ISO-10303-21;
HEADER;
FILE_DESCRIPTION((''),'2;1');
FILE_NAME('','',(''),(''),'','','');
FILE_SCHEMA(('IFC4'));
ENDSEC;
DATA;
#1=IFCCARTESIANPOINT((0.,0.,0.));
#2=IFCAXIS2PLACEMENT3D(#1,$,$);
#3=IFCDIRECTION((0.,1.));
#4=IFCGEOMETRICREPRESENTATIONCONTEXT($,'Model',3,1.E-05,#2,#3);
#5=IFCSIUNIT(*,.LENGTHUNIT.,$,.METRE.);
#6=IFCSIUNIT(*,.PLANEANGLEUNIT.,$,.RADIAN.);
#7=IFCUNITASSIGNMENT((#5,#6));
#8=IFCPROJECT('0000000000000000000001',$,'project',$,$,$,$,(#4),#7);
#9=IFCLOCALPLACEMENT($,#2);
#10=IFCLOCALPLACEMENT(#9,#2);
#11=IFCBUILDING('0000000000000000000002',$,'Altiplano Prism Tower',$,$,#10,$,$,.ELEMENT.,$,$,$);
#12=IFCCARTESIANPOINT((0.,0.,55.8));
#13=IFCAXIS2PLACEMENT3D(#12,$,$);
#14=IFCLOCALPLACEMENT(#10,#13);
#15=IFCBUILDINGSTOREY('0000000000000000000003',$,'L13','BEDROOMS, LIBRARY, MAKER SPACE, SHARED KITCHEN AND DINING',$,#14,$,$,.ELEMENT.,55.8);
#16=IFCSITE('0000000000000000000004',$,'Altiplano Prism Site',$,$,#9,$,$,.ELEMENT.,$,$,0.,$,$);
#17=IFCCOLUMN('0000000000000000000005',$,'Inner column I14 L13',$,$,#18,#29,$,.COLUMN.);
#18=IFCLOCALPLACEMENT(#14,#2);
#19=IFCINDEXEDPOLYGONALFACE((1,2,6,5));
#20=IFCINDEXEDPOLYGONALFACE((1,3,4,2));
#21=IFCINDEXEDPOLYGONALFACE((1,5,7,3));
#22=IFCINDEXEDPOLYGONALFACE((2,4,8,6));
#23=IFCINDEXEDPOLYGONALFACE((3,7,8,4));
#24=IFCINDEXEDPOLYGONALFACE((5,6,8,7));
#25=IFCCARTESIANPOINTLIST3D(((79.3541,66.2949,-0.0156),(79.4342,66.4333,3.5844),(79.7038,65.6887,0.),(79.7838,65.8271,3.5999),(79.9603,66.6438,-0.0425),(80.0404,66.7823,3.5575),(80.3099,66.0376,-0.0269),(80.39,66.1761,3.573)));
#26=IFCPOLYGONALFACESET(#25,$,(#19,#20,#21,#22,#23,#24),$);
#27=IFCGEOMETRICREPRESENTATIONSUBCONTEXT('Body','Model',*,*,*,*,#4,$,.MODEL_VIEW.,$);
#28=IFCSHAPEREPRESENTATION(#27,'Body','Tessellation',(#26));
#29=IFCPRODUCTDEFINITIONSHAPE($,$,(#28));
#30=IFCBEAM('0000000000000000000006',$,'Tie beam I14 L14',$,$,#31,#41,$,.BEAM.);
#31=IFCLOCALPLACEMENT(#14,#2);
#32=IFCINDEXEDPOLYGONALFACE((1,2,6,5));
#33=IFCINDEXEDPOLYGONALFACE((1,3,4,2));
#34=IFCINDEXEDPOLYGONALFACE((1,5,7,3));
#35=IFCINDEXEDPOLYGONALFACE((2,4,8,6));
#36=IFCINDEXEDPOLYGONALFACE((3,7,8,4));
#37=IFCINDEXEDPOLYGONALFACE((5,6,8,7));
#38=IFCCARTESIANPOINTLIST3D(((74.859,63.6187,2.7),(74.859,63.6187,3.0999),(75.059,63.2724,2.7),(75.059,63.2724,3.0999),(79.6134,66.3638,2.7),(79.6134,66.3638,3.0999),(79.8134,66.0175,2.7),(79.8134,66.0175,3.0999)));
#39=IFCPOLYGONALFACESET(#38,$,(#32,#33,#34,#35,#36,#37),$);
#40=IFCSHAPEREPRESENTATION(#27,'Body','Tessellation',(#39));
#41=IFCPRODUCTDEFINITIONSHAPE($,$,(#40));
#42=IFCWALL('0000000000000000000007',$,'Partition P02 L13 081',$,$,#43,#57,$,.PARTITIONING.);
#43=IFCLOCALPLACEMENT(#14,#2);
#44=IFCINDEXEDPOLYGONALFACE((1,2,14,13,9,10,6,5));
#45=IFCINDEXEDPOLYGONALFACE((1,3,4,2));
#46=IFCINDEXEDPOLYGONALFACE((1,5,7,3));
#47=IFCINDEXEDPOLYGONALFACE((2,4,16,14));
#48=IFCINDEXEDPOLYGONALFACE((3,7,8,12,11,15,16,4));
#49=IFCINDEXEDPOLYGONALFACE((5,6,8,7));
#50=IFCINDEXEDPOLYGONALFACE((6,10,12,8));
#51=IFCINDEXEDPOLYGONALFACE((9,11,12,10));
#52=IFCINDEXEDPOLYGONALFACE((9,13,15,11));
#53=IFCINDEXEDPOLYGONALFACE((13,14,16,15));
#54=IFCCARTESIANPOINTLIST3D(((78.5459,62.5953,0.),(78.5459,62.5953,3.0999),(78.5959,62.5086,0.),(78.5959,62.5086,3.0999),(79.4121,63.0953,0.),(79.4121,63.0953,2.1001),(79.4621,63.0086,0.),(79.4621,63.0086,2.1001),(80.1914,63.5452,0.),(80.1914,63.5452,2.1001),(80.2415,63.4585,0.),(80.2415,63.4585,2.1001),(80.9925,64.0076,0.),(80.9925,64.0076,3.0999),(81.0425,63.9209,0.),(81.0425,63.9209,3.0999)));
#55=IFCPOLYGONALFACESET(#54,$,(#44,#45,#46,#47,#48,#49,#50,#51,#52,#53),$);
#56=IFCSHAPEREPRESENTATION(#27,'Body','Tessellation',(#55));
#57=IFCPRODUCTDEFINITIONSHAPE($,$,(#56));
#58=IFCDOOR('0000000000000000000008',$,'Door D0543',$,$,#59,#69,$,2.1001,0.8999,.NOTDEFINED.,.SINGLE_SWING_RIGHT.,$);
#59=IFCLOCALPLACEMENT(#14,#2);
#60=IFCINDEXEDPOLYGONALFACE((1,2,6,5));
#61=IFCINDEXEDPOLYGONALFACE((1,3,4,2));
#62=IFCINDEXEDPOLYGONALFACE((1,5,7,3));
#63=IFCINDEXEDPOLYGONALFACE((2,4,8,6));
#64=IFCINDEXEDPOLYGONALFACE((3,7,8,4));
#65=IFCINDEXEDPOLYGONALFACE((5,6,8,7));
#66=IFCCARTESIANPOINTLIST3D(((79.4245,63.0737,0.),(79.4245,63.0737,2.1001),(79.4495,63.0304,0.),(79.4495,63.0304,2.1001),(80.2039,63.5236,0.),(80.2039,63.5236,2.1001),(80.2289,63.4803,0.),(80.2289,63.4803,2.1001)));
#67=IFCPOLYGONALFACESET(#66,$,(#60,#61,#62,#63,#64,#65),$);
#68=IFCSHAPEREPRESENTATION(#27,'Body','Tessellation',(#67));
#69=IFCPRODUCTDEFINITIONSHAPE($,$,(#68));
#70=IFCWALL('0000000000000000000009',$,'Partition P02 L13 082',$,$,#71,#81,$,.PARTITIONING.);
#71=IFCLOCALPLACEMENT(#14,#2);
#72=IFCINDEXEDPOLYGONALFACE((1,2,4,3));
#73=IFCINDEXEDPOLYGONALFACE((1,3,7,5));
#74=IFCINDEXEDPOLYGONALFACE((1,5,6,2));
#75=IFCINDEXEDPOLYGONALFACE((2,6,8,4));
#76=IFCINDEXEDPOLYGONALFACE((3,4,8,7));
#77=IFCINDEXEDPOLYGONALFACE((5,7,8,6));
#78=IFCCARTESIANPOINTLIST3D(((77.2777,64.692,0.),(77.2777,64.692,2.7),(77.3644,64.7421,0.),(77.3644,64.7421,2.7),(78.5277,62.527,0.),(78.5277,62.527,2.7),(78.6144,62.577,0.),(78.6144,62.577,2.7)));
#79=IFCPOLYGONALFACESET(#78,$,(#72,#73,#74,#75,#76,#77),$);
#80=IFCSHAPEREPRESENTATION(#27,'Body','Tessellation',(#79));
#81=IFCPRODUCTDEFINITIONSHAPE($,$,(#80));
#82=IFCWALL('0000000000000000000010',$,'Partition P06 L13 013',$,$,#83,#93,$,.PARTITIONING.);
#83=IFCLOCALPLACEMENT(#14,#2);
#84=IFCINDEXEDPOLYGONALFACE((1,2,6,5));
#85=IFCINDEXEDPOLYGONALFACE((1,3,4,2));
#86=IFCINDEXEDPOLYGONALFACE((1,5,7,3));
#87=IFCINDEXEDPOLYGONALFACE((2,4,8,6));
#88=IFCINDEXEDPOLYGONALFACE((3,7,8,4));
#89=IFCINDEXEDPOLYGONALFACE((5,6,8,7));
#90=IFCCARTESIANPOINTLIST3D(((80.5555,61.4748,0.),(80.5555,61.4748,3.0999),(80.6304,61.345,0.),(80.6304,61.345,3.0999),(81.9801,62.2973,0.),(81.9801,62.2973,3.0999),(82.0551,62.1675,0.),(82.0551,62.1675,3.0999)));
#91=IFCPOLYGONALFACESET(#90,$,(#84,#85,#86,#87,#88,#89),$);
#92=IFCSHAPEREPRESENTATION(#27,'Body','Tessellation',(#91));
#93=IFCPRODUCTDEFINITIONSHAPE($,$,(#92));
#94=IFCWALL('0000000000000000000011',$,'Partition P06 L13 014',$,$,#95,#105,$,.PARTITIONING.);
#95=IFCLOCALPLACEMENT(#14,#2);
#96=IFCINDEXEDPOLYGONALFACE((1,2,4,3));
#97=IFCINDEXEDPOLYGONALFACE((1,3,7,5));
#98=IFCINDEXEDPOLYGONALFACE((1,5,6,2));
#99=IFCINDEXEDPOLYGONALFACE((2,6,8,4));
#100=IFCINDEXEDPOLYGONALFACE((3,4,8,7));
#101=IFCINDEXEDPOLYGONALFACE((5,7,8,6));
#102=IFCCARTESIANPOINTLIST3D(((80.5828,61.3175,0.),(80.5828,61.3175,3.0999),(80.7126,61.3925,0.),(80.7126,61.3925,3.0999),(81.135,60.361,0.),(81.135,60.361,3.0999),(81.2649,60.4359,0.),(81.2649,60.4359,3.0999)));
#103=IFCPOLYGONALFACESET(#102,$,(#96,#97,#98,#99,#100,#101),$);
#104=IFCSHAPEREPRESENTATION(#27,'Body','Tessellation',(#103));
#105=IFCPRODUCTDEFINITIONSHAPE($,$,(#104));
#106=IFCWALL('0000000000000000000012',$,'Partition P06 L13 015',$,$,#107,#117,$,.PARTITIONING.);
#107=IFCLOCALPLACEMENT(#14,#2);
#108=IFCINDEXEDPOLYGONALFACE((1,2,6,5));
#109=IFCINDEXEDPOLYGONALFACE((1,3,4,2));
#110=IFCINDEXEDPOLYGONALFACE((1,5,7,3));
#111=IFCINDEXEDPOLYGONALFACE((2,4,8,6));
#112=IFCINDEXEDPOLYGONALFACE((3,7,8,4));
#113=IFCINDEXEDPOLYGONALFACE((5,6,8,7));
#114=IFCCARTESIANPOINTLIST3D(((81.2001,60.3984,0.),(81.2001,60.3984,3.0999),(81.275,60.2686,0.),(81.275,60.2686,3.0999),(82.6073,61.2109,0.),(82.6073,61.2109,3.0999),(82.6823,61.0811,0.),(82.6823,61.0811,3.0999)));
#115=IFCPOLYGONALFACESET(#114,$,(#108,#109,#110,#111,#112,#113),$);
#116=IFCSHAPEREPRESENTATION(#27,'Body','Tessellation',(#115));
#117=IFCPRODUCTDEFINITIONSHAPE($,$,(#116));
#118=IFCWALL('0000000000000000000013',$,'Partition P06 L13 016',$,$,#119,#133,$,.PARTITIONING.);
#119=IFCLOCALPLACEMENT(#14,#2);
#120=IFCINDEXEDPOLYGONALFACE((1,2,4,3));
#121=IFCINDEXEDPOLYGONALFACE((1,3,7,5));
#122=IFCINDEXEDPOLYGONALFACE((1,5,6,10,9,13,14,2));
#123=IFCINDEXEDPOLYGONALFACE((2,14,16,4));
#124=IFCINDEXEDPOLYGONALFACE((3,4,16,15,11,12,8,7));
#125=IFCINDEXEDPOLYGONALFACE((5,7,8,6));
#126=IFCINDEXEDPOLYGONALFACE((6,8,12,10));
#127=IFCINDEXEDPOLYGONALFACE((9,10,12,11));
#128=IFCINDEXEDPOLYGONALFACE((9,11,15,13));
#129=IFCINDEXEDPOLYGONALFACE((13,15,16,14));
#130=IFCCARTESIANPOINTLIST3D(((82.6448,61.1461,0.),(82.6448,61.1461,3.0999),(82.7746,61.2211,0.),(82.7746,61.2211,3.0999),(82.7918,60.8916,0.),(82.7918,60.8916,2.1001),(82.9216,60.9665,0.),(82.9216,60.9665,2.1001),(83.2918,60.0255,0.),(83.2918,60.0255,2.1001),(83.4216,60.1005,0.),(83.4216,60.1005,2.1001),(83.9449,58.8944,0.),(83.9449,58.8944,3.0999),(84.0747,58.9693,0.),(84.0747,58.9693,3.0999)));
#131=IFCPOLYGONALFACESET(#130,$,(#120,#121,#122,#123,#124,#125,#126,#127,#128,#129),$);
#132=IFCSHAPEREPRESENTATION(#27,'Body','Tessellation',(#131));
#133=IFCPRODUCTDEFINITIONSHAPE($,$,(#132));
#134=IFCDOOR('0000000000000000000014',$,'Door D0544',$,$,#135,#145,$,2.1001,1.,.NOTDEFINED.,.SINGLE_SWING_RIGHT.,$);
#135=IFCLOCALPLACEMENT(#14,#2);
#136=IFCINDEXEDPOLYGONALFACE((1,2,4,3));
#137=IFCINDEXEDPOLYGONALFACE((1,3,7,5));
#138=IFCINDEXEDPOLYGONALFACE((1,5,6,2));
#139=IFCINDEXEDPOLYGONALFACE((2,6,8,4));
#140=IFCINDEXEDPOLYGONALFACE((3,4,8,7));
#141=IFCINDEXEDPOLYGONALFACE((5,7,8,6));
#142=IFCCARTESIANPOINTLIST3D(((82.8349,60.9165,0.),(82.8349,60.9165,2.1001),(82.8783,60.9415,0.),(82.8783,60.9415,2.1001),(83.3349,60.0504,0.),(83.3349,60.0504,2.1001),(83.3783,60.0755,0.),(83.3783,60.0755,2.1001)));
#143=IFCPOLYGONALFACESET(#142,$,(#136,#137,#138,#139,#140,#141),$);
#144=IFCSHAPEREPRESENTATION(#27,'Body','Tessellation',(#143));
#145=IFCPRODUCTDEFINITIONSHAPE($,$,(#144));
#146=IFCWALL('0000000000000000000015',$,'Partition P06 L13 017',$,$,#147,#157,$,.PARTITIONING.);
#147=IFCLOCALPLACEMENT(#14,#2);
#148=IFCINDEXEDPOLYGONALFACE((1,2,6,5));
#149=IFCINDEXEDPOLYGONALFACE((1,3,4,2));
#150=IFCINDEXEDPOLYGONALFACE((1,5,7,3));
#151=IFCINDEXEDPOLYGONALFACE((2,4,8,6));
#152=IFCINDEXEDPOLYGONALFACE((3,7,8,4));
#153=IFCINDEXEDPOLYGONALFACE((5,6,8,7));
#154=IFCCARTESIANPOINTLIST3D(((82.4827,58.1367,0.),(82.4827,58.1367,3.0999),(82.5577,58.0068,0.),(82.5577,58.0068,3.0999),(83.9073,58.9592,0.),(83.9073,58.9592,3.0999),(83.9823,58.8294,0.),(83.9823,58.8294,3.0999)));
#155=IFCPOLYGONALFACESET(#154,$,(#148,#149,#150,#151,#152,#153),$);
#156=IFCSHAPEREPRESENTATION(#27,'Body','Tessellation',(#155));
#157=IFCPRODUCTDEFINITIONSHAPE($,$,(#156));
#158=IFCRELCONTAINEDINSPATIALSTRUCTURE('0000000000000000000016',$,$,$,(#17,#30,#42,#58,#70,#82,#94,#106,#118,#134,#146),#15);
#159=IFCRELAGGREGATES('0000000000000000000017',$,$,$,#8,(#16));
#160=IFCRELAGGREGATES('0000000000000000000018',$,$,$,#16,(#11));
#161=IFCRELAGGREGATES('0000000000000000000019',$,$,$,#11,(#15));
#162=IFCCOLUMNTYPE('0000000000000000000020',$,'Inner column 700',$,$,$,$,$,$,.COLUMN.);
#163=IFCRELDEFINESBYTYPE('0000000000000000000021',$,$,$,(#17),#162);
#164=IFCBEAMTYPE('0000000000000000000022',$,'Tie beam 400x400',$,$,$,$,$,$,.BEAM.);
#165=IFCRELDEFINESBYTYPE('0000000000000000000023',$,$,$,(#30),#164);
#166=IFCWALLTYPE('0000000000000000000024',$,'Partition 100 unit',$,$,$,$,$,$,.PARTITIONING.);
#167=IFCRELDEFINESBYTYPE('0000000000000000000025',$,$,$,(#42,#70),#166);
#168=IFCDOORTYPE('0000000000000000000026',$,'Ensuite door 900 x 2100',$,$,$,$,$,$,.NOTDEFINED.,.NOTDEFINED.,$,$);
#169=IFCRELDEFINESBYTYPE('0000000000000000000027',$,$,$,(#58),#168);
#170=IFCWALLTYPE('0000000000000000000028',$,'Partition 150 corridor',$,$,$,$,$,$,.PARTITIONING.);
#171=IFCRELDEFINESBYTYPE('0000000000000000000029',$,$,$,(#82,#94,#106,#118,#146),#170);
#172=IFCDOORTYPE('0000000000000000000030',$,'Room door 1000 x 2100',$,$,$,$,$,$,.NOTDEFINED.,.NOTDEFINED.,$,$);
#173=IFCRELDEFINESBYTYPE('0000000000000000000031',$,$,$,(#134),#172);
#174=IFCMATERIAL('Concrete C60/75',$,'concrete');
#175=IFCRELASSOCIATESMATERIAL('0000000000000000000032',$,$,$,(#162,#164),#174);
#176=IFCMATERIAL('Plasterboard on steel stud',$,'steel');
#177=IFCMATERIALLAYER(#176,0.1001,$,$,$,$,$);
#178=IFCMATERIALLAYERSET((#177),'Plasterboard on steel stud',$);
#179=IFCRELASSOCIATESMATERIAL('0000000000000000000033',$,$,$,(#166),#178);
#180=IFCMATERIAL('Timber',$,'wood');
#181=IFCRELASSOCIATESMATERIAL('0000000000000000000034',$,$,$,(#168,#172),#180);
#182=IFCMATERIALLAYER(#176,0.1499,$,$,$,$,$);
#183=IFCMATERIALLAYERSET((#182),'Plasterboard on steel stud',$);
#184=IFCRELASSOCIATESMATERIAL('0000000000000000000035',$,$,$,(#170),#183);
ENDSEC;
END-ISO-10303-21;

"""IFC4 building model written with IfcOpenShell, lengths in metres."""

from ifc_helpers import new_model, si_unit, direction, frame, frame_2d, origin, origin_2d, place, context, subcontext, project, spatial, rectangle, extrude, material, layer, layer_set, material_profile, profile_set, type_object, element, fill, save


model = new_model("IFC4")

# Units and contexts
model_context = context("Model", 3, precision=1e-05, world=origin(), true_north=direction((0.0, 1.0)))
body_context = subcontext(model_context, "Body", "Model", "MODEL_VIEW")
ifc_project = project(units=[si_unit("LENGTHUNIT", "METRE"), si_unit("PLANEANGLEUNIT", "RADIAN")], contexts=[model_context])

# Site, building, storey
site_placement = place(None, origin())
site = spatial("IfcSite", under=ifc_project, at=site_placement, Name="Altiplano Prism Site", CompositionType="ELEMENT", RefElevation=0.0)
building_placement = place(site_placement, origin())
building = spatial("IfcBuilding", under=site, at=building_placement, Name="Altiplano Prism Tower", CompositionType="ELEMENT")
storey_placement = place(building_placement, frame((0.0, 0.0, 55.8)))
storey = spatial("IfcBuildingStorey", under=building, at=storey_placement, Name="L13", Description="BEDROOMS, LIBRARY, MAKER SPACE, SHARED KITCHEN AND DINING", CompositionType="ELEMENT", Elevation=55.8)

# Column
ifc_material_1 = material(Name="Concrete C60/75", Category="concrete")
ifc_material_profile_1 = material_profile(ifc_material_1, rectangle(XDim=0.7, YDim=0.7, at=origin_2d()), Name="Inner column 700")
ifc_profile_set_1 = profile_set([ifc_material_profile_1], Name="Concrete C60/75")
column_type = type_object("IfcColumnType", Name="Inner column 700", PredefinedType="COLUMN", material=ifc_profile_set_1)
column_placement = place(storey_placement, frame((79.832, 66.1663, -0.0212), z_axis=(0.022223, 0.038416, 0.999015), x_axis=(-0.866021, -0.498528, 0.038435)))
element("IfcColumn", 1, at=column_placement, inside=storey, type_object=column_type, Name="Inner column I14 L13", PredefinedType="COLUMN", context=body_context, shape_type="SweptSolid", body=[
    extrude(rectangle(XDim=0.7, YDim=0.7, at=origin_2d()), origin(), (0.0, 0.0, 1.0), 3.6035),
])

# Beam
ifc_material_profile_2 = material_profile(ifc_material_1, rectangle(XDim=0.3999, YDim=0.3999, at=origin_2d()), Name="Tie beam 400x400")
ifc_profile_set_2 = profile_set([ifc_material_profile_2], Name="Concrete C60/75")
beam_type = type_object("IfcBeamType", Name="Tie beam 400x400", PredefinedType="BEAM", material=ifc_profile_set_2)
beam_placement = place(storey_placement, frame((79.7134, 66.1907, 2.8999), z_axis=(-0.866012, -0.500023, 0.0), x_axis=(0.500023, -0.866012, 0.0)))
element("IfcBeam", 2, at=beam_placement, inside=storey, type_object=beam_type, Name="Tie beam I14 L14", PredefinedType="BEAM", context=body_context, shape_type="SweptSolid", body=[
    extrude(rectangle(XDim=0.3999, YDim=0.3999, at=origin_2d()), origin(), (0.0, 0.0, 1.0), 5.49),
])

# Wall, opening, door
ifc_material_2 = material(Name="Plasterboard on steel stud", Category="steel")
ifc_layer_1 = layer(ifc_material_2, 0.1001)
ifc_layer_set_1 = layer_set([ifc_layer_1], Name="Plasterboard on steel stud")
wall_type_1 = type_object("IfcWallType", Name="Partition 100 unit", PredefinedType="PARTITIONING", material=ifc_layer_set_1)
wall_1_placement = place(storey_placement, frame((81.0176, 63.9644, 0.0), z_axis=(0.0, 0.0, 1.0), x_axis=(-0.866049, -0.499959, 0.0)))
wall_1 = element("IfcWall", 3, at=wall_1_placement, inside=storey, type_object=wall_type_1, Name="Partition P02 L13 081", PredefinedType="PARTITIONING", context=body_context, shape_type="SweptSolid", body=[
    extrude(rectangle(XDim=2.825, YDim=0.1001, at=frame_2d((1.4126, 0.0))), origin(), (0.0, 0.0, 1.0), 3.0999),
])
opening_1_placement = place(wall_1_placement, frame((0.925, 0.0, 0.0)))
opening_1 = element("IfcOpeningElement", 4, at=opening_1_placement, cuts=wall_1, PredefinedType="OPENING", context=body_context, shape_type="SweptSolid", body=[
    extrude(rectangle(XDim=0.8999, YDim=2.1001, at=frame_2d((0.45, 1.05))), frame((0.0, 0.0605, 0.0), z_axis=(0.0, -1.0, 0.0), x_axis=(1.0, 0.0, 0.0)), (0.0, 0.0, 1.0), 0.1211),
])
ifc_material_3 = material(Name="Timber", Category="wood")
door_type_1 = type_object("IfcDoorType", Name="Ensuite door 900 x 2100", OperationType="NOTDEFINED", PredefinedType="NOTDEFINED", material=ifc_material_3)
door_1_placement = place(opening_1_placement, origin())
door_1 = element("IfcDoor", 5, at=door_1_placement, inside=storey, type_object=door_type_1, Name="Door D0543", OperationType="SINGLE_SWING_RIGHT", OverallHeight=2.1001, OverallWidth=0.8999, PredefinedType="NOTDEFINED", context=body_context, shape_type="SweptSolid", body=[
    extrude(rectangle(XDim=0.8999, YDim=2.1001, at=frame_2d((0.45, 1.05))), frame((0.0, 0.0249, 0.0), z_axis=(0.0, -1.0, 0.0), x_axis=(1.0, 0.0, 0.0)), (0.0, 0.0, 1.0), 0.05),
])
fill(opening_1, door_1)

# Walls
wall_2_placement = place(storey_placement, frame((78.571, 62.552, 0.0), z_axis=(0.0, 0.0, 1.0), x_axis=(-0.500004, 0.866023, 0.0)))
element("IfcWall", 6, at=wall_2_placement, inside=storey, type_object=wall_type_1, Name="Partition P02 L13 082", PredefinedType="PARTITIONING", context=body_context, shape_type="SweptSolid", body=[
    extrude(rectangle(XDim=2.5, YDim=0.1001, at=frame_2d((1.25, 0.0))), origin(), (0.0, 0.0, 1.0), 2.7),
])
ifc_layer_2 = layer(ifc_material_2, 0.1499)
ifc_layer_set_2 = layer_set([ifc_layer_2], Name="Plasterboard on steel stud")
wall_type_2 = type_object("IfcWallType", Name="Partition 150 corridor", PredefinedType="PARTITIONING", material=ifc_layer_set_2)
wall_3_placement = place(storey_placement, frame((82.0176, 62.2324, 0.0), z_axis=(0.0, 0.0, 1.0), x_axis=(-0.866015, -0.500018, 0.0)))
element("IfcWall", 7, at=wall_3_placement, inside=storey, type_object=wall_type_2, Name="Partition P06 L13 013", PredefinedType="PARTITIONING", context=body_context, shape_type="SweptSolid", body=[
    extrude(rectangle(XDim=1.645, YDim=0.1499, at=frame_2d((0.8225, 0.0))), origin(), (0.0, 0.0, 1.0), 3.0999),
])
wall_4_placement = place(storey_placement, frame((80.6477, 61.355, 0.0), z_axis=(0.0, 0.0, 1.0), x_axis=(0.49999, -0.866031, 0.0)))
element("IfcWall", 8, at=wall_4_placement, inside=storey, type_object=wall_type_2, Name="Partition P06 L13 014", PredefinedType="PARTITIONING", context=body_context, shape_type="SweptSolid", body=[
    extrude(rectangle(XDim=1.1045, YDim=0.1499, at=frame_2d((0.5522, 0.0))), origin(), (0.0, 0.0, 1.0), 3.0999),
])
wall_5_placement = place(storey_placement, frame((81.2375, 60.3335, 0.0), z_axis=(0.0, 0.0, 1.0), x_axis=(0.866015, 0.500017, 0.0)))
element("IfcWall", 9, at=wall_5_placement, inside=storey, type_object=wall_type_2, Name="Partition P06 L13 015", PredefinedType="PARTITIONING", context=body_context, shape_type="SweptSolid", body=[
    extrude(rectangle(XDim=1.625, YDim=0.1499, at=frame_2d((0.8125, 0.0))), origin(), (0.0, 0.0, 1.0), 3.0999),
])

# Wall, opening, door
wall_6_placement = place(storey_placement, frame((82.7097, 61.1836, 0.0), z_axis=(0.0, 0.0, 1.0), x_axis=(0.500007, -0.866021, 0.0)))
wall_6 = element("IfcWall", 10, at=wall_6_placement, inside=storey, type_object=wall_type_2, Name="Partition P06 L13 016", PredefinedType="PARTITIONING", context=body_context, shape_type="SweptSolid", body=[
    extrude(rectangle(XDim=2.6001, YDim=0.1499, at=frame_2d((1.3, 0.0))), origin(), (0.0, 0.0, 1.0), 3.0999),
])
opening_2_placement = place(wall_6_placement, frame((0.2939, 0.0, 0.0)))
opening_2 = element("IfcOpeningElement", 11, at=opening_2_placement, cuts=wall_6, PredefinedType="OPENING", context=body_context, shape_type="SweptSolid", body=[
    extrude(rectangle(XDim=1.0, YDim=2.1001, at=frame_2d((0.5, 1.05))), frame((0.0, 0.0854, 0.0), z_axis=(0.0, -1.0, 0.0), x_axis=(1.0, 0.0, 0.0)), (0.0, 0.0, 1.0), 0.1709),
])
door_type_2 = type_object("IfcDoorType", Name="Room door 1000 x 2100", OperationType="NOTDEFINED", PredefinedType="NOTDEFINED", material=ifc_material_3)
door_2_placement = place(opening_2_placement, origin())
door_2 = element("IfcDoor", 12, at=door_2_placement, inside=storey, type_object=door_type_2, Name="Door D0544", OperationType="SINGLE_SWING_RIGHT", OverallHeight=2.1001, OverallWidth=1.0, PredefinedType="NOTDEFINED", context=body_context, shape_type="SweptSolid", body=[
    extrude(rectangle(XDim=1.0, YDim=2.1001, at=frame_2d((0.5, 1.05))), frame((0.0, 0.0249, 0.0), z_axis=(0.0, -1.0, 0.0), x_axis=(1.0, 0.0, 0.0)), (0.0, 0.0, 1.0), 0.05),
])
fill(opening_2, door_2)

# Wall
wall_7_placement = place(storey_placement, frame((83.9448, 58.8943, 0.0), z_axis=(0.0, 0.0, 1.0), x_axis=(-0.866015, -0.500018, 0.0)))
element("IfcWall", 13, at=wall_7_placement, inside=storey, type_object=wall_type_2, Name="Partition P06 L13 017", PredefinedType="PARTITIONING", context=body_context, shape_type="SweptSolid", body=[
    extrude(rectangle(XDim=1.645, YDim=0.1499, at=frame_2d((0.8225, 0.0))), origin(), (0.0, 0.0, 1.0), 3.0999),
])

save(model, "model.ifc")
